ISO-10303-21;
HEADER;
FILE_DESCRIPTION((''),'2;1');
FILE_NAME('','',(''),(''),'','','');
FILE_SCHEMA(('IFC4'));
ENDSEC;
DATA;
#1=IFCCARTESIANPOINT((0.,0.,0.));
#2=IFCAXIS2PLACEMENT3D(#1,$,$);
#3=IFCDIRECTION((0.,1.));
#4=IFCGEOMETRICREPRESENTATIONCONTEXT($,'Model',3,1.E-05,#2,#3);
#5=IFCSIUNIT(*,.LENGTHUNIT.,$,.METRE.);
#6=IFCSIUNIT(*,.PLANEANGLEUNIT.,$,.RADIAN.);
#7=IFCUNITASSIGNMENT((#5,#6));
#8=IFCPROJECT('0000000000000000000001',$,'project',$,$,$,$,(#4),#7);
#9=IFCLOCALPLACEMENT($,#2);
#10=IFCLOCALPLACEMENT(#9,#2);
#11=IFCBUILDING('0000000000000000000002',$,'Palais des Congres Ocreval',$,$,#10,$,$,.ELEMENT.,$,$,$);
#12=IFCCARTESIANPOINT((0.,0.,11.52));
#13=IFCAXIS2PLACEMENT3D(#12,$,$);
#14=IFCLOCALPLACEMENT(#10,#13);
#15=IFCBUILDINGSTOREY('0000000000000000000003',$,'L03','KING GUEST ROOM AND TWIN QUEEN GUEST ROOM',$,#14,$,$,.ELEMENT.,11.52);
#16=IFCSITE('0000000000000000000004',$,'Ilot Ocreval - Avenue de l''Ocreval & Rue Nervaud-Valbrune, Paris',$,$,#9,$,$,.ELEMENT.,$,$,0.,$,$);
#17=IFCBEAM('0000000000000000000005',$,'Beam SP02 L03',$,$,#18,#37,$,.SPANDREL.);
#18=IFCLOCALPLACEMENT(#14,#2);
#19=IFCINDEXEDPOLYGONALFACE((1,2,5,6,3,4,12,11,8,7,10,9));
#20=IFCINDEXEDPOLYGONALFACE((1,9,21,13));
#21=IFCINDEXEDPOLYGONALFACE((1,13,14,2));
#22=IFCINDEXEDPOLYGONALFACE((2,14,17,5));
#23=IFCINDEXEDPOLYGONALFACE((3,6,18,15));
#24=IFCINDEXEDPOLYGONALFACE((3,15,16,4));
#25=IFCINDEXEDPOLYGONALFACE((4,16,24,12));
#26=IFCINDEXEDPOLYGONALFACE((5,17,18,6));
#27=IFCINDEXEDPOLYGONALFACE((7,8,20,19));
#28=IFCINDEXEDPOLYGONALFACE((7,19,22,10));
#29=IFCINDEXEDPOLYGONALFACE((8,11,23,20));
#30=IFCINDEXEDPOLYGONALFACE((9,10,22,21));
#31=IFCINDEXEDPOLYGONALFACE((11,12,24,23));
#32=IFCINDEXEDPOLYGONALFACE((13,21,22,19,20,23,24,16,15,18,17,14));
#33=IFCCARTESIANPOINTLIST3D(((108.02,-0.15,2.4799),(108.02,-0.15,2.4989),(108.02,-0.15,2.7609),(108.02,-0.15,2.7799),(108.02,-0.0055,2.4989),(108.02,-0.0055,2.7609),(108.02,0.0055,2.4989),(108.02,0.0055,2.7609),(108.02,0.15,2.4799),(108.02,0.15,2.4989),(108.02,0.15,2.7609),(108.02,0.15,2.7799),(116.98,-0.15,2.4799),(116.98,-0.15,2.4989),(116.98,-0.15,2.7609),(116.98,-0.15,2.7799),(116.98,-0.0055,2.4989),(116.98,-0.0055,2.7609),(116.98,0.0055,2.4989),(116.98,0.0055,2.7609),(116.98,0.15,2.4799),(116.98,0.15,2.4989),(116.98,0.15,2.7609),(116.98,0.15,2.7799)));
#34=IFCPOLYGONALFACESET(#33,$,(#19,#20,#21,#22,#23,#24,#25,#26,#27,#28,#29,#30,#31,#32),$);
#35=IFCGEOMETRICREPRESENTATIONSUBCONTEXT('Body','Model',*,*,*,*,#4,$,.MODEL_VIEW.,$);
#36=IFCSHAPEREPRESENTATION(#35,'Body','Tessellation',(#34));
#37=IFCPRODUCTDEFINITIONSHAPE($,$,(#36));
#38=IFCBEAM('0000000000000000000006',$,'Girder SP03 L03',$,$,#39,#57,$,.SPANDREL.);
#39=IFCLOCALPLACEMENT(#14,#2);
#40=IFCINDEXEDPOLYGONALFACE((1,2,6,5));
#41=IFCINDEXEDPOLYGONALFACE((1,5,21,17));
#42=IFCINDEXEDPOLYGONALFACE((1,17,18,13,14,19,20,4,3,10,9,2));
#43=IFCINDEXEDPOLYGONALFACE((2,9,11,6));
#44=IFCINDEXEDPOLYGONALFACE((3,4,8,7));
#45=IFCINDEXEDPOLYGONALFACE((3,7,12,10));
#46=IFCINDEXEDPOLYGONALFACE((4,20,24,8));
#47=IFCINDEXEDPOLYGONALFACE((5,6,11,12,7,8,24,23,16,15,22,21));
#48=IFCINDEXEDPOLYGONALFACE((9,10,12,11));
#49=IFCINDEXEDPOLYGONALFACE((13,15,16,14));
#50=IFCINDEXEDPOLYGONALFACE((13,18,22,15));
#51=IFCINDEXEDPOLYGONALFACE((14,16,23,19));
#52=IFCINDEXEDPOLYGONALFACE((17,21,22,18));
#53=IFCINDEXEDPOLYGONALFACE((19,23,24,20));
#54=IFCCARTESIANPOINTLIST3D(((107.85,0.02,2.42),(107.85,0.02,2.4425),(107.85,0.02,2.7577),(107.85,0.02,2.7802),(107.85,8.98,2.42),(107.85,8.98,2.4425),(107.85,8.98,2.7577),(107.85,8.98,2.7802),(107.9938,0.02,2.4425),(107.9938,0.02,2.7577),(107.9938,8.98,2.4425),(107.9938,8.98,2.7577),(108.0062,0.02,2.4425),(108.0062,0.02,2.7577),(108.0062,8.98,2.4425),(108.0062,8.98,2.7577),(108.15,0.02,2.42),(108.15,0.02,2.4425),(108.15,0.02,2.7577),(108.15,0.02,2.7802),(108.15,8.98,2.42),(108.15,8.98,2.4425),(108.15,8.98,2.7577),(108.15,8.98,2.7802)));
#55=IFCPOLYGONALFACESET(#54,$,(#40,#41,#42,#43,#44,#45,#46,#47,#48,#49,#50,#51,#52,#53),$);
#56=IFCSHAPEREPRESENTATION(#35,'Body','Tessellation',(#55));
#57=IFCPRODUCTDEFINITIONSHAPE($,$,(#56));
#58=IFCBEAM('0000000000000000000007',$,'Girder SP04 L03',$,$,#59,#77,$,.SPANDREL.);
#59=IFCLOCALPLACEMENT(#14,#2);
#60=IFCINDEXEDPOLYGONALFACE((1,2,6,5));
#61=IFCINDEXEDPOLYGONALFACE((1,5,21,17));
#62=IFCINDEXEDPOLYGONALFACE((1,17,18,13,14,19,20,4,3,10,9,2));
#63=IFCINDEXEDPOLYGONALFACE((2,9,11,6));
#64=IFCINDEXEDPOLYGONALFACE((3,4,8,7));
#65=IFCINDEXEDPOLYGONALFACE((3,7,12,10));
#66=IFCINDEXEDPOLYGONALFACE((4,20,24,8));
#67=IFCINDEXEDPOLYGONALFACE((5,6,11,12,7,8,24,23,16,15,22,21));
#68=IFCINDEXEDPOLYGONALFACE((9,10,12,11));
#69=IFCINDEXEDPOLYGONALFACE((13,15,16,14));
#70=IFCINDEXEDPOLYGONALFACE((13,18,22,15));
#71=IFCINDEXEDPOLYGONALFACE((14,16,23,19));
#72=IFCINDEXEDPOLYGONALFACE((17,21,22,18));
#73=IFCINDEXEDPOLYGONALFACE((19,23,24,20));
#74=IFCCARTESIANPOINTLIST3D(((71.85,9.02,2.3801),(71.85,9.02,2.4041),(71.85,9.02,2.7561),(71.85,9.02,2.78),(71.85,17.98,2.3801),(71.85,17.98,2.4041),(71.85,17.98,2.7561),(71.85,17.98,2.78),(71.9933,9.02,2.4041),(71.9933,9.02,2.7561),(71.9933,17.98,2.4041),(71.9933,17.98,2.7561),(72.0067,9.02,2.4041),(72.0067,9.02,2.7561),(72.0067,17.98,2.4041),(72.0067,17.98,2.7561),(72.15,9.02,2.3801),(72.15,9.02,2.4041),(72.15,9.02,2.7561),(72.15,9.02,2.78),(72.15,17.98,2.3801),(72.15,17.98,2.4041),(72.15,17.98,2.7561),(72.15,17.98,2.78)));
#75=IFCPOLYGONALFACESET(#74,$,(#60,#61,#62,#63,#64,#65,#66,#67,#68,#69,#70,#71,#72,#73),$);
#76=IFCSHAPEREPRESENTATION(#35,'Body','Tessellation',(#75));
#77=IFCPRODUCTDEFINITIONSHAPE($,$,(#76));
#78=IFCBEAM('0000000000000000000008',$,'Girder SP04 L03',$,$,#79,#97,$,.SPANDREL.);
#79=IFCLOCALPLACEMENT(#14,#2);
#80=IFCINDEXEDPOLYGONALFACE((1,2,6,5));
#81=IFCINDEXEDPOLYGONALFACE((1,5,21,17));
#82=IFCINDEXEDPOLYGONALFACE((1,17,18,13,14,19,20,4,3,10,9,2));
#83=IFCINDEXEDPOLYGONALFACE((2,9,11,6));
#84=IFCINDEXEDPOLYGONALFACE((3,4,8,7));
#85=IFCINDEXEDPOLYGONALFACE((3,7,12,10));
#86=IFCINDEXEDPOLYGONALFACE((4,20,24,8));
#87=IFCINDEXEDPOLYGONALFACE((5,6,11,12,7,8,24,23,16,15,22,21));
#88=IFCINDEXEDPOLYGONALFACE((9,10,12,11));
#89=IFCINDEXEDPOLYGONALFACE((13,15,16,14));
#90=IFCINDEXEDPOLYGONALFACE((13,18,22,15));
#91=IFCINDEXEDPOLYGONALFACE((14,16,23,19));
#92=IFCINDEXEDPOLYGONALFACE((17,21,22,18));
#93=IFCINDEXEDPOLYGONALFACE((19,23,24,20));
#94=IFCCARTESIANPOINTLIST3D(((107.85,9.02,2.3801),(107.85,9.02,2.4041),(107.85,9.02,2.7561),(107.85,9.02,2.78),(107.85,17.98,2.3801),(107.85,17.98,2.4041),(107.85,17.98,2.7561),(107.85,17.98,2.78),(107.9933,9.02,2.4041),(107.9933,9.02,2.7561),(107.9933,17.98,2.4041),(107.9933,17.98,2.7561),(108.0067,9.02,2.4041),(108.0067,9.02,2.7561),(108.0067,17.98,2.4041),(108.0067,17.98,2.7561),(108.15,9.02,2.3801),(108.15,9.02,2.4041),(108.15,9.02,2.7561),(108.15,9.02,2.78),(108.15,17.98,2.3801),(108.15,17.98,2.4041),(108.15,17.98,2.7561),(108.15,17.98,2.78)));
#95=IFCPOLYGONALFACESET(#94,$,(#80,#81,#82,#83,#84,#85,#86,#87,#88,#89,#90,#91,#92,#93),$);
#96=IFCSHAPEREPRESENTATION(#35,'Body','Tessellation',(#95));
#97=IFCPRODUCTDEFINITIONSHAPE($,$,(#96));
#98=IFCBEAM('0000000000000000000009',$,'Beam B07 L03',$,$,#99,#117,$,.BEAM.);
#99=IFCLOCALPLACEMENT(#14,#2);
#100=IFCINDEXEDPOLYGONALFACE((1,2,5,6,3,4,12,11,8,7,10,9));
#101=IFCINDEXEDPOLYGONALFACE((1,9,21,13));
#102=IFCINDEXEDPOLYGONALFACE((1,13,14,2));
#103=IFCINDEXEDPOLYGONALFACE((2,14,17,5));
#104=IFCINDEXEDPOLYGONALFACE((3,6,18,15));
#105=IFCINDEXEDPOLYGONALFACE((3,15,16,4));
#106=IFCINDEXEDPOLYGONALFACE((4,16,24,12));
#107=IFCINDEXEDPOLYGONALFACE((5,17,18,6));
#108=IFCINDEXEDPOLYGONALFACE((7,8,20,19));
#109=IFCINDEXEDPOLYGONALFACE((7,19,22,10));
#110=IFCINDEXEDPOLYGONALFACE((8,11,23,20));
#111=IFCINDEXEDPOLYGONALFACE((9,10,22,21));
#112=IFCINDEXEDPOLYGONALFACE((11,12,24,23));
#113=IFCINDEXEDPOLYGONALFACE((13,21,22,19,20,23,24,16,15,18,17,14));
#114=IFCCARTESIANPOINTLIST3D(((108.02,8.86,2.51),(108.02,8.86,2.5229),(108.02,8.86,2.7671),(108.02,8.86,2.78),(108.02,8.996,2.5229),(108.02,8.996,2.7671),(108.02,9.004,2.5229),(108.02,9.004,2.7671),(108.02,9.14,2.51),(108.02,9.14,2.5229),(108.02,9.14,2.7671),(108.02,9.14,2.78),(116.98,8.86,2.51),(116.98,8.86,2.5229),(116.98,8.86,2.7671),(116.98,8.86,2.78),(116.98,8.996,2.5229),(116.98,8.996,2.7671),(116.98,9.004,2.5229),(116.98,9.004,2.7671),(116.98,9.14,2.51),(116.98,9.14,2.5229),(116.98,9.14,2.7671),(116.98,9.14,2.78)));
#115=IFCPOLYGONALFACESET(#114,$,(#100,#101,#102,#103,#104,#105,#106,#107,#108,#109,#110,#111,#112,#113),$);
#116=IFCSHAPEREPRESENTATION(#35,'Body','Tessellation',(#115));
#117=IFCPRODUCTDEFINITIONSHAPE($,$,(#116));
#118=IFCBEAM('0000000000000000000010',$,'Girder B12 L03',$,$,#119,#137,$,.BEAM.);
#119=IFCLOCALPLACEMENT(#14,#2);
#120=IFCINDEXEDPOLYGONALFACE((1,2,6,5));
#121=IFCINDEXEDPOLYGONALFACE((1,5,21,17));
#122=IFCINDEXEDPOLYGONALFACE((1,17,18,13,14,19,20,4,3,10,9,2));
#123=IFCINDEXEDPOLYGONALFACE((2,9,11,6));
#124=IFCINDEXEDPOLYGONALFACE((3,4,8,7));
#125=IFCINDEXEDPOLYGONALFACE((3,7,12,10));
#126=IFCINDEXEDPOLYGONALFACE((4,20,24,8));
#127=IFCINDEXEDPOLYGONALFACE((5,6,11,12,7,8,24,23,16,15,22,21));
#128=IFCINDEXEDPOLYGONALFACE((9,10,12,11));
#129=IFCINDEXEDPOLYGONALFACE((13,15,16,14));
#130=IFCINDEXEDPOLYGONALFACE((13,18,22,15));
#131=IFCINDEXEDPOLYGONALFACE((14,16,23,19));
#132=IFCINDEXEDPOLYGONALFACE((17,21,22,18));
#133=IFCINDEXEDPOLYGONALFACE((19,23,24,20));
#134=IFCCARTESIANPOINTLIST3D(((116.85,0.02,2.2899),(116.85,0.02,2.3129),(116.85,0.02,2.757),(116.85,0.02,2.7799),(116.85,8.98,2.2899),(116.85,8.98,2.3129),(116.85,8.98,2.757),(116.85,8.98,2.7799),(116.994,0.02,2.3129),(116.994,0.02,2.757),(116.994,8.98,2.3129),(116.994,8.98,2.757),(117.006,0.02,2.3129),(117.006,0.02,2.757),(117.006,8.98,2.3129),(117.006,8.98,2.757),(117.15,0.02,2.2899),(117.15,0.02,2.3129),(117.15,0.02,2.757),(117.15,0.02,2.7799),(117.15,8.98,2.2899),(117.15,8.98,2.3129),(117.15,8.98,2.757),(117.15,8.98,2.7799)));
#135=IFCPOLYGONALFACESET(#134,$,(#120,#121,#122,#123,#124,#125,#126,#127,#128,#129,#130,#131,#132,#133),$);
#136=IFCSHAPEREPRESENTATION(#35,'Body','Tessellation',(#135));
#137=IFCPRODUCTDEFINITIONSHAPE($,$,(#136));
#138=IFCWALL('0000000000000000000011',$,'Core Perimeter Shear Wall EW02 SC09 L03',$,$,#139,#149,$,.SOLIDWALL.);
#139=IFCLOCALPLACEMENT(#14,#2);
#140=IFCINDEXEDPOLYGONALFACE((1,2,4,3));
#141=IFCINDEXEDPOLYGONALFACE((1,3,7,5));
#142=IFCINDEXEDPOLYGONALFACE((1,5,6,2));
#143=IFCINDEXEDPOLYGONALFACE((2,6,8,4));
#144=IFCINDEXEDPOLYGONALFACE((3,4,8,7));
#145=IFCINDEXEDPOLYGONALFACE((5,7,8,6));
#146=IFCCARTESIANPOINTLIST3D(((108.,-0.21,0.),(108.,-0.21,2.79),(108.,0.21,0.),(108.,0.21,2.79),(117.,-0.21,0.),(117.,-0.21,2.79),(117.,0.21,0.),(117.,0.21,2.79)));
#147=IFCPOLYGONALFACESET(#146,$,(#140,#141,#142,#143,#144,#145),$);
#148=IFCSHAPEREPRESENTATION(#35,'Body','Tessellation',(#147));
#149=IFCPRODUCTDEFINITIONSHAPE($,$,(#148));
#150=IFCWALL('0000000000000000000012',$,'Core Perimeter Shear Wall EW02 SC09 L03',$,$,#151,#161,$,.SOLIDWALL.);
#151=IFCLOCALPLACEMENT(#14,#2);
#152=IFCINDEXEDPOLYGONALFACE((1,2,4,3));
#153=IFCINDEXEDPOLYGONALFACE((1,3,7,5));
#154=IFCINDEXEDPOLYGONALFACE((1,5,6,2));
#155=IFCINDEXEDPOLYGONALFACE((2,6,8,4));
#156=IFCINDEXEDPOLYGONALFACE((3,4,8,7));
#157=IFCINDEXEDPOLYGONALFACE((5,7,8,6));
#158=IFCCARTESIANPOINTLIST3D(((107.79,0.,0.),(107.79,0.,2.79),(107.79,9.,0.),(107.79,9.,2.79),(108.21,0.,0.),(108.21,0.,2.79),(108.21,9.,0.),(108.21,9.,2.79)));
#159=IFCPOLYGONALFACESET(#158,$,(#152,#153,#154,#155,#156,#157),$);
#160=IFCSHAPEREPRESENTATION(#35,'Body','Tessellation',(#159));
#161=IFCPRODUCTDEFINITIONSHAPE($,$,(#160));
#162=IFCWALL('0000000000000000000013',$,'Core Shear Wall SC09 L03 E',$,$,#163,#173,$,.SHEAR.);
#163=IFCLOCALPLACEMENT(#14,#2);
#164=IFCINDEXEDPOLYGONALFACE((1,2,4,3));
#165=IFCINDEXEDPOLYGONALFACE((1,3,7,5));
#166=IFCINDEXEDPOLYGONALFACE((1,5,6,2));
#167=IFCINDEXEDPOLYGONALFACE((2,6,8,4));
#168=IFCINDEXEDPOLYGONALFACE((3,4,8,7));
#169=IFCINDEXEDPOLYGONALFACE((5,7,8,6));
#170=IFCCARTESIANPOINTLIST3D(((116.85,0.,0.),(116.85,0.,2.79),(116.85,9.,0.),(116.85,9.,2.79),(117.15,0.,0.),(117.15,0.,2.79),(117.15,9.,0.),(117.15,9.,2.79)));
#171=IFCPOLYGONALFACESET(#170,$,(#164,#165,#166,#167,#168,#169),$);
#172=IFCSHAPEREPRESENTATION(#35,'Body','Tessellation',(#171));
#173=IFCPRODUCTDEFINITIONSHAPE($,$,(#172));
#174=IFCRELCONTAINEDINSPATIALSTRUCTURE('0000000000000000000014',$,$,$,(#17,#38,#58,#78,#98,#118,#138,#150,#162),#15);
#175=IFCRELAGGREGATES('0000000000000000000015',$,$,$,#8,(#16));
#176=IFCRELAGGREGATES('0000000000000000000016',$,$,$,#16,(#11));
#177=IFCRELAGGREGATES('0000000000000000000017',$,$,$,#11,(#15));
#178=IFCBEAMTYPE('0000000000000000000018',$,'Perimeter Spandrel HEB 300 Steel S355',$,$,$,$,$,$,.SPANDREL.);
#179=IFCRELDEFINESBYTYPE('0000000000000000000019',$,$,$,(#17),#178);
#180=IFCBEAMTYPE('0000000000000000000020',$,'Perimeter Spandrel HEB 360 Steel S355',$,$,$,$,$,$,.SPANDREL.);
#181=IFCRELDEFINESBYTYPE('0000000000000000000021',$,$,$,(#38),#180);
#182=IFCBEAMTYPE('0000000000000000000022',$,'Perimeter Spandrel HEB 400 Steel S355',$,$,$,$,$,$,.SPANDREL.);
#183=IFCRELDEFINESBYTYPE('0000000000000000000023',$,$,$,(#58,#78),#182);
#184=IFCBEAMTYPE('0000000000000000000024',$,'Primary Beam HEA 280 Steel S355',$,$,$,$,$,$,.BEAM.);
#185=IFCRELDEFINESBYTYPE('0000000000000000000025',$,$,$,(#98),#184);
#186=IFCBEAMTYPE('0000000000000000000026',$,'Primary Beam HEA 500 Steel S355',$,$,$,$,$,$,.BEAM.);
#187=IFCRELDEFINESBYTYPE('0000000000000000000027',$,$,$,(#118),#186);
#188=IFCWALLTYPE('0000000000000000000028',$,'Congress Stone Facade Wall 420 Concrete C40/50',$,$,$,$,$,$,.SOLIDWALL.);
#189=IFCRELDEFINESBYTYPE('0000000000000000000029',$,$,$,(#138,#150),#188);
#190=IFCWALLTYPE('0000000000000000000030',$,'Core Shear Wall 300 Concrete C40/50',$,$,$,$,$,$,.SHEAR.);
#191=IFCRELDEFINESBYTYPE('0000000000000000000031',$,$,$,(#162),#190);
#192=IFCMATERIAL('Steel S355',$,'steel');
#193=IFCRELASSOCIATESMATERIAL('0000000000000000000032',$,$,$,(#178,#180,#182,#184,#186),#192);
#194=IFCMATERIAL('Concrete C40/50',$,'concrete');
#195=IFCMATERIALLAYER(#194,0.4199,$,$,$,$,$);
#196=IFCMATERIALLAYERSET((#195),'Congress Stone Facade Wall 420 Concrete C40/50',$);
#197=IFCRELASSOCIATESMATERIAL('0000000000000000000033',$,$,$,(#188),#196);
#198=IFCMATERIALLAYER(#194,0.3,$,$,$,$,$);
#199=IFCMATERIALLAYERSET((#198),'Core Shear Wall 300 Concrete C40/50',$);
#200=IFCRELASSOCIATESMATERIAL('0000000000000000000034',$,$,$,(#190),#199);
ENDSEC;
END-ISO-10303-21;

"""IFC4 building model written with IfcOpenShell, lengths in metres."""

from ifc_helpers import new_model, si_unit, direction, frame, frame_2d, origin, origin_2d, place, context, subcontext, project, spatial, rectangle, i_section, extrude, material, layer, layer_set, material_profile, profile_set, type_object, element, save


model = new_model("IFC4")

# Units and contexts
model_context = context("Model", 3, precision=1e-05, world=origin(), true_north=direction((0.0, 1.0)))
body_context = subcontext(model_context, "Body", "Model", "MODEL_VIEW")
ifc_project = project(units=[si_unit("LENGTHUNIT", "METRE"), si_unit("PLANEANGLEUNIT", "RADIAN")], contexts=[model_context])

# Site, building, storey
site_placement = place(None, origin())
site = spatial("IfcSite", under=ifc_project, at=site_placement, Name="Ilot Ocreval - Avenue de l'Ocreval & Rue Nervaud-Valbrune, Paris", CompositionType="ELEMENT", RefElevation=0.0)
building_placement = place(site_placement, origin())
building = spatial("IfcBuilding", under=site, at=building_placement, Name="Palais des Congres Ocreval", CompositionType="ELEMENT")
storey_placement = place(building_placement, frame((0.0, 0.0, 11.52)))
storey = spatial("IfcBuildingStorey", under=building, at=storey_placement, Name="L03", Description="KING GUEST ROOM AND TWIN QUEEN GUEST ROOM", CompositionType="ELEMENT", Elevation=11.52)

# Shared definitions
ifc_material_1 = material(Name="Steel S355", Category="steel")
ifc_material_2 = material(Name="Concrete C40/50", Category="concrete")

# Beams
ifc_material_profile_1 = material_profile(ifc_material_1, i_section(OverallWidth=0.3, OverallDepth=0.3, WebThickness=0.011, FlangeThickness=0.019, at=origin_2d()), Name="HEB 300")
ifc_profile_set_1 = profile_set([ifc_material_profile_1], Name="Steel S355")
beam_type_1 = type_object("IfcBeamType", Name="Perimeter Spandrel HEB 300 Steel S355", PredefinedType="SPANDREL", material=ifc_profile_set_1)
beam_1_placement = place(storey_placement, frame((108.02, 0.0, 2.6299), z_axis=(1.0, 0.0, 0.0), x_axis=(0.0, 1.0, 0.0)))
element("IfcBeam", 1, at=beam_1_placement, inside=storey, type_object=beam_type_1, Name="Beam SP02 L03", PredefinedType="SPANDREL", context=body_context, shape_type="SweptSolid", body=[
    extrude(i_section(OverallWidth=0.3, OverallDepth=0.3, WebThickness=0.011, FlangeThickness=0.019, at=origin_2d()), origin(), (0.0, 0.0, 1.0), 8.96),
])
ifc_material_profile_2 = material_profile(ifc_material_1, i_section(OverallWidth=0.3, OverallDepth=0.3601, WebThickness=0.0125, FlangeThickness=0.0225, at=origin_2d()), Name="HEB 360")
ifc_profile_set_2 = profile_set([ifc_material_profile_2], Name="Steel S355")
beam_type_2 = type_object("IfcBeamType", Name="Perimeter Spandrel HEB 360 Steel S355", PredefinedType="SPANDREL", material=ifc_profile_set_2)
beam_2_placement = place(storey_placement, frame((108.0, 0.02, 2.6001), z_axis=(0.0, 1.0, 0.0), x_axis=(-1.0, 0.0, 0.0)))
element("IfcBeam", 2, at=beam_2_placement, inside=storey, type_object=beam_type_2, Name="Girder SP03 L03", PredefinedType="SPANDREL", context=body_context, shape_type="SweptSolid", body=[
    extrude(i_section(OverallWidth=0.3, OverallDepth=0.3601, WebThickness=0.0125, FlangeThickness=0.0225, at=origin_2d()), origin(), (0.0, 0.0, 1.0), 8.96),
])
ifc_material_profile_3 = material_profile(ifc_material_1, i_section(OverallWidth=0.3, OverallDepth=0.3999, WebThickness=0.0134, FlangeThickness=0.0239, at=origin_2d()), Name="HEB 400")
ifc_profile_set_3 = profile_set([ifc_material_profile_3], Name="Steel S355")
beam_type_3 = type_object("IfcBeamType", Name="Perimeter Spandrel HEB 400 Steel S355", PredefinedType="SPANDREL", material=ifc_profile_set_3)
for number, where, z_axis, x_axis, name in (
    (3, (72.0, 9.02, 2.5801), (0.0, 1.0, 0.0), (-1.0, 0.0, 0.0), "Girder SP04 L03"),
    (4, (108.0, 9.02, 2.5801), (0.0, 1.0, 0.0), (-1.0, 0.0, 0.0), "Girder SP04 L03"),
):
    element("IfcBeam", number, at=place(storey_placement, frame(where, z_axis=z_axis, x_axis=x_axis)), inside=storey, type_object=beam_type_3, Name=name, PredefinedType="SPANDREL", context=body_context, shape_type="SweptSolid", body=[
        extrude(i_section(OverallWidth=0.3, OverallDepth=0.3999, WebThickness=0.0134, FlangeThickness=0.0239, at=origin_2d()), origin(), (0.0, 0.0, 1.0), 8.96),
    ])
ifc_material_profile_4 = material_profile(ifc_material_1, i_section(OverallWidth=0.28, OverallDepth=0.27, WebThickness=0.0081, FlangeThickness=0.0129, at=origin_2d()), Name="HEA 280")
ifc_profile_set_4 = profile_set([ifc_material_profile_4], Name="Steel S355")
beam_type_4 = type_object("IfcBeamType", Name="Primary Beam HEA 280 Steel S355", PredefinedType="BEAM", material=ifc_profile_set_4)
beam_3_placement = place(storey_placement, frame((108.02, 9.0, 2.645), z_axis=(1.0, 0.0, 0.0), x_axis=(0.0, 1.0, 0.0)))
element("IfcBeam", 5, at=beam_3_placement, inside=storey, type_object=beam_type_4, Name="Beam B07 L03", PredefinedType="BEAM", context=body_context, shape_type="SweptSolid", body=[
    extrude(i_section(OverallWidth=0.28, OverallDepth=0.27, WebThickness=0.0081, FlangeThickness=0.0129, at=origin_2d()), origin(), (0.0, 0.0, 1.0), 8.96),
])
ifc_material_profile_5 = material_profile(ifc_material_1, i_section(OverallWidth=0.3, OverallDepth=0.49, WebThickness=0.012, FlangeThickness=0.0229, at=origin_2d()), Name="HEA 500")
ifc_profile_set_5 = profile_set([ifc_material_profile_5], Name="Steel S355")
beam_type_5 = type_object("IfcBeamType", Name="Primary Beam HEA 500 Steel S355", PredefinedType="BEAM", material=ifc_profile_set_5)
beam_4_placement = place(storey_placement, frame((117.0, 0.02, 2.5349), z_axis=(0.0, 1.0, 0.0), x_axis=(-1.0, 0.0, 0.0)))
element("IfcBeam", 6, at=beam_4_placement, inside=storey, type_object=beam_type_5, Name="Girder B12 L03", PredefinedType="BEAM", context=body_context, shape_type="SweptSolid", body=[
    extrude(i_section(OverallWidth=0.3, OverallDepth=0.49, WebThickness=0.012, FlangeThickness=0.0229, at=origin_2d()), origin(), (0.0, 0.0, 1.0), 8.96),
])

# Walls
ifc_layer_1 = layer(ifc_material_2, 0.4199)
ifc_layer_set_1 = layer_set([ifc_layer_1], Name="Congress Stone Facade Wall 420 Concrete C40/50")
wall_type_1 = type_object("IfcWallType", Name="Congress Stone Facade Wall 420 Concrete C40/50", PredefinedType="SOLIDWALL", material=ifc_layer_set_1)
for number, where, z_axis, x_axis, name in (
    (7, (117.0, 0.0, 0.0), (0.0, 0.0, 1.0), (-1.0, 0.0, 0.0), "Core Perimeter Shear Wall EW02 SC09 L03"),
    (8, (108.0, 0.0, 0.0), (0.0, 0.0, 1.0), (0.0, 1.0, 0.0), "Core Perimeter Shear Wall EW02 SC09 L03"),
):
    element("IfcWall", number, at=place(storey_placement, frame(where, z_axis=z_axis, x_axis=x_axis)), inside=storey, type_object=wall_type_1, Name=name, PredefinedType="SOLIDWALL", context=body_context, shape_type="SweptSolid", body=[
        extrude(rectangle(XDim=9.0, YDim=0.4199, at=frame_2d((4.5, 0.0))), origin(), (0.0, 0.0, 1.0), 2.79),
    ])
ifc_layer_2 = layer(ifc_material_2, 0.3)
ifc_layer_set_2 = layer_set([ifc_layer_2], Name="Core Shear Wall 300 Concrete C40/50")
wall_type_2 = type_object("IfcWallType", Name="Core Shear Wall 300 Concrete C40/50", PredefinedType="SHEAR", material=ifc_layer_set_2)
wall_1_placement = place(storey_placement, frame((117.0, 0.0, 0.0), z_axis=(0.0, 0.0, 1.0), x_axis=(0.0, 1.0, 0.0)))
element("IfcWall", 9, at=wall_1_placement, inside=storey, type_object=wall_type_2, Name="Core Shear Wall SC09 L03 E", PredefinedType="SHEAR", context=body_context, shape_type="SweptSolid", body=[
    extrude(rectangle(XDim=9.0, YDim=0.3, at=frame_2d((4.5, 0.0))), origin(), (0.0, 0.0, 1.0), 2.79),
])

save(model, "model.ifc")
